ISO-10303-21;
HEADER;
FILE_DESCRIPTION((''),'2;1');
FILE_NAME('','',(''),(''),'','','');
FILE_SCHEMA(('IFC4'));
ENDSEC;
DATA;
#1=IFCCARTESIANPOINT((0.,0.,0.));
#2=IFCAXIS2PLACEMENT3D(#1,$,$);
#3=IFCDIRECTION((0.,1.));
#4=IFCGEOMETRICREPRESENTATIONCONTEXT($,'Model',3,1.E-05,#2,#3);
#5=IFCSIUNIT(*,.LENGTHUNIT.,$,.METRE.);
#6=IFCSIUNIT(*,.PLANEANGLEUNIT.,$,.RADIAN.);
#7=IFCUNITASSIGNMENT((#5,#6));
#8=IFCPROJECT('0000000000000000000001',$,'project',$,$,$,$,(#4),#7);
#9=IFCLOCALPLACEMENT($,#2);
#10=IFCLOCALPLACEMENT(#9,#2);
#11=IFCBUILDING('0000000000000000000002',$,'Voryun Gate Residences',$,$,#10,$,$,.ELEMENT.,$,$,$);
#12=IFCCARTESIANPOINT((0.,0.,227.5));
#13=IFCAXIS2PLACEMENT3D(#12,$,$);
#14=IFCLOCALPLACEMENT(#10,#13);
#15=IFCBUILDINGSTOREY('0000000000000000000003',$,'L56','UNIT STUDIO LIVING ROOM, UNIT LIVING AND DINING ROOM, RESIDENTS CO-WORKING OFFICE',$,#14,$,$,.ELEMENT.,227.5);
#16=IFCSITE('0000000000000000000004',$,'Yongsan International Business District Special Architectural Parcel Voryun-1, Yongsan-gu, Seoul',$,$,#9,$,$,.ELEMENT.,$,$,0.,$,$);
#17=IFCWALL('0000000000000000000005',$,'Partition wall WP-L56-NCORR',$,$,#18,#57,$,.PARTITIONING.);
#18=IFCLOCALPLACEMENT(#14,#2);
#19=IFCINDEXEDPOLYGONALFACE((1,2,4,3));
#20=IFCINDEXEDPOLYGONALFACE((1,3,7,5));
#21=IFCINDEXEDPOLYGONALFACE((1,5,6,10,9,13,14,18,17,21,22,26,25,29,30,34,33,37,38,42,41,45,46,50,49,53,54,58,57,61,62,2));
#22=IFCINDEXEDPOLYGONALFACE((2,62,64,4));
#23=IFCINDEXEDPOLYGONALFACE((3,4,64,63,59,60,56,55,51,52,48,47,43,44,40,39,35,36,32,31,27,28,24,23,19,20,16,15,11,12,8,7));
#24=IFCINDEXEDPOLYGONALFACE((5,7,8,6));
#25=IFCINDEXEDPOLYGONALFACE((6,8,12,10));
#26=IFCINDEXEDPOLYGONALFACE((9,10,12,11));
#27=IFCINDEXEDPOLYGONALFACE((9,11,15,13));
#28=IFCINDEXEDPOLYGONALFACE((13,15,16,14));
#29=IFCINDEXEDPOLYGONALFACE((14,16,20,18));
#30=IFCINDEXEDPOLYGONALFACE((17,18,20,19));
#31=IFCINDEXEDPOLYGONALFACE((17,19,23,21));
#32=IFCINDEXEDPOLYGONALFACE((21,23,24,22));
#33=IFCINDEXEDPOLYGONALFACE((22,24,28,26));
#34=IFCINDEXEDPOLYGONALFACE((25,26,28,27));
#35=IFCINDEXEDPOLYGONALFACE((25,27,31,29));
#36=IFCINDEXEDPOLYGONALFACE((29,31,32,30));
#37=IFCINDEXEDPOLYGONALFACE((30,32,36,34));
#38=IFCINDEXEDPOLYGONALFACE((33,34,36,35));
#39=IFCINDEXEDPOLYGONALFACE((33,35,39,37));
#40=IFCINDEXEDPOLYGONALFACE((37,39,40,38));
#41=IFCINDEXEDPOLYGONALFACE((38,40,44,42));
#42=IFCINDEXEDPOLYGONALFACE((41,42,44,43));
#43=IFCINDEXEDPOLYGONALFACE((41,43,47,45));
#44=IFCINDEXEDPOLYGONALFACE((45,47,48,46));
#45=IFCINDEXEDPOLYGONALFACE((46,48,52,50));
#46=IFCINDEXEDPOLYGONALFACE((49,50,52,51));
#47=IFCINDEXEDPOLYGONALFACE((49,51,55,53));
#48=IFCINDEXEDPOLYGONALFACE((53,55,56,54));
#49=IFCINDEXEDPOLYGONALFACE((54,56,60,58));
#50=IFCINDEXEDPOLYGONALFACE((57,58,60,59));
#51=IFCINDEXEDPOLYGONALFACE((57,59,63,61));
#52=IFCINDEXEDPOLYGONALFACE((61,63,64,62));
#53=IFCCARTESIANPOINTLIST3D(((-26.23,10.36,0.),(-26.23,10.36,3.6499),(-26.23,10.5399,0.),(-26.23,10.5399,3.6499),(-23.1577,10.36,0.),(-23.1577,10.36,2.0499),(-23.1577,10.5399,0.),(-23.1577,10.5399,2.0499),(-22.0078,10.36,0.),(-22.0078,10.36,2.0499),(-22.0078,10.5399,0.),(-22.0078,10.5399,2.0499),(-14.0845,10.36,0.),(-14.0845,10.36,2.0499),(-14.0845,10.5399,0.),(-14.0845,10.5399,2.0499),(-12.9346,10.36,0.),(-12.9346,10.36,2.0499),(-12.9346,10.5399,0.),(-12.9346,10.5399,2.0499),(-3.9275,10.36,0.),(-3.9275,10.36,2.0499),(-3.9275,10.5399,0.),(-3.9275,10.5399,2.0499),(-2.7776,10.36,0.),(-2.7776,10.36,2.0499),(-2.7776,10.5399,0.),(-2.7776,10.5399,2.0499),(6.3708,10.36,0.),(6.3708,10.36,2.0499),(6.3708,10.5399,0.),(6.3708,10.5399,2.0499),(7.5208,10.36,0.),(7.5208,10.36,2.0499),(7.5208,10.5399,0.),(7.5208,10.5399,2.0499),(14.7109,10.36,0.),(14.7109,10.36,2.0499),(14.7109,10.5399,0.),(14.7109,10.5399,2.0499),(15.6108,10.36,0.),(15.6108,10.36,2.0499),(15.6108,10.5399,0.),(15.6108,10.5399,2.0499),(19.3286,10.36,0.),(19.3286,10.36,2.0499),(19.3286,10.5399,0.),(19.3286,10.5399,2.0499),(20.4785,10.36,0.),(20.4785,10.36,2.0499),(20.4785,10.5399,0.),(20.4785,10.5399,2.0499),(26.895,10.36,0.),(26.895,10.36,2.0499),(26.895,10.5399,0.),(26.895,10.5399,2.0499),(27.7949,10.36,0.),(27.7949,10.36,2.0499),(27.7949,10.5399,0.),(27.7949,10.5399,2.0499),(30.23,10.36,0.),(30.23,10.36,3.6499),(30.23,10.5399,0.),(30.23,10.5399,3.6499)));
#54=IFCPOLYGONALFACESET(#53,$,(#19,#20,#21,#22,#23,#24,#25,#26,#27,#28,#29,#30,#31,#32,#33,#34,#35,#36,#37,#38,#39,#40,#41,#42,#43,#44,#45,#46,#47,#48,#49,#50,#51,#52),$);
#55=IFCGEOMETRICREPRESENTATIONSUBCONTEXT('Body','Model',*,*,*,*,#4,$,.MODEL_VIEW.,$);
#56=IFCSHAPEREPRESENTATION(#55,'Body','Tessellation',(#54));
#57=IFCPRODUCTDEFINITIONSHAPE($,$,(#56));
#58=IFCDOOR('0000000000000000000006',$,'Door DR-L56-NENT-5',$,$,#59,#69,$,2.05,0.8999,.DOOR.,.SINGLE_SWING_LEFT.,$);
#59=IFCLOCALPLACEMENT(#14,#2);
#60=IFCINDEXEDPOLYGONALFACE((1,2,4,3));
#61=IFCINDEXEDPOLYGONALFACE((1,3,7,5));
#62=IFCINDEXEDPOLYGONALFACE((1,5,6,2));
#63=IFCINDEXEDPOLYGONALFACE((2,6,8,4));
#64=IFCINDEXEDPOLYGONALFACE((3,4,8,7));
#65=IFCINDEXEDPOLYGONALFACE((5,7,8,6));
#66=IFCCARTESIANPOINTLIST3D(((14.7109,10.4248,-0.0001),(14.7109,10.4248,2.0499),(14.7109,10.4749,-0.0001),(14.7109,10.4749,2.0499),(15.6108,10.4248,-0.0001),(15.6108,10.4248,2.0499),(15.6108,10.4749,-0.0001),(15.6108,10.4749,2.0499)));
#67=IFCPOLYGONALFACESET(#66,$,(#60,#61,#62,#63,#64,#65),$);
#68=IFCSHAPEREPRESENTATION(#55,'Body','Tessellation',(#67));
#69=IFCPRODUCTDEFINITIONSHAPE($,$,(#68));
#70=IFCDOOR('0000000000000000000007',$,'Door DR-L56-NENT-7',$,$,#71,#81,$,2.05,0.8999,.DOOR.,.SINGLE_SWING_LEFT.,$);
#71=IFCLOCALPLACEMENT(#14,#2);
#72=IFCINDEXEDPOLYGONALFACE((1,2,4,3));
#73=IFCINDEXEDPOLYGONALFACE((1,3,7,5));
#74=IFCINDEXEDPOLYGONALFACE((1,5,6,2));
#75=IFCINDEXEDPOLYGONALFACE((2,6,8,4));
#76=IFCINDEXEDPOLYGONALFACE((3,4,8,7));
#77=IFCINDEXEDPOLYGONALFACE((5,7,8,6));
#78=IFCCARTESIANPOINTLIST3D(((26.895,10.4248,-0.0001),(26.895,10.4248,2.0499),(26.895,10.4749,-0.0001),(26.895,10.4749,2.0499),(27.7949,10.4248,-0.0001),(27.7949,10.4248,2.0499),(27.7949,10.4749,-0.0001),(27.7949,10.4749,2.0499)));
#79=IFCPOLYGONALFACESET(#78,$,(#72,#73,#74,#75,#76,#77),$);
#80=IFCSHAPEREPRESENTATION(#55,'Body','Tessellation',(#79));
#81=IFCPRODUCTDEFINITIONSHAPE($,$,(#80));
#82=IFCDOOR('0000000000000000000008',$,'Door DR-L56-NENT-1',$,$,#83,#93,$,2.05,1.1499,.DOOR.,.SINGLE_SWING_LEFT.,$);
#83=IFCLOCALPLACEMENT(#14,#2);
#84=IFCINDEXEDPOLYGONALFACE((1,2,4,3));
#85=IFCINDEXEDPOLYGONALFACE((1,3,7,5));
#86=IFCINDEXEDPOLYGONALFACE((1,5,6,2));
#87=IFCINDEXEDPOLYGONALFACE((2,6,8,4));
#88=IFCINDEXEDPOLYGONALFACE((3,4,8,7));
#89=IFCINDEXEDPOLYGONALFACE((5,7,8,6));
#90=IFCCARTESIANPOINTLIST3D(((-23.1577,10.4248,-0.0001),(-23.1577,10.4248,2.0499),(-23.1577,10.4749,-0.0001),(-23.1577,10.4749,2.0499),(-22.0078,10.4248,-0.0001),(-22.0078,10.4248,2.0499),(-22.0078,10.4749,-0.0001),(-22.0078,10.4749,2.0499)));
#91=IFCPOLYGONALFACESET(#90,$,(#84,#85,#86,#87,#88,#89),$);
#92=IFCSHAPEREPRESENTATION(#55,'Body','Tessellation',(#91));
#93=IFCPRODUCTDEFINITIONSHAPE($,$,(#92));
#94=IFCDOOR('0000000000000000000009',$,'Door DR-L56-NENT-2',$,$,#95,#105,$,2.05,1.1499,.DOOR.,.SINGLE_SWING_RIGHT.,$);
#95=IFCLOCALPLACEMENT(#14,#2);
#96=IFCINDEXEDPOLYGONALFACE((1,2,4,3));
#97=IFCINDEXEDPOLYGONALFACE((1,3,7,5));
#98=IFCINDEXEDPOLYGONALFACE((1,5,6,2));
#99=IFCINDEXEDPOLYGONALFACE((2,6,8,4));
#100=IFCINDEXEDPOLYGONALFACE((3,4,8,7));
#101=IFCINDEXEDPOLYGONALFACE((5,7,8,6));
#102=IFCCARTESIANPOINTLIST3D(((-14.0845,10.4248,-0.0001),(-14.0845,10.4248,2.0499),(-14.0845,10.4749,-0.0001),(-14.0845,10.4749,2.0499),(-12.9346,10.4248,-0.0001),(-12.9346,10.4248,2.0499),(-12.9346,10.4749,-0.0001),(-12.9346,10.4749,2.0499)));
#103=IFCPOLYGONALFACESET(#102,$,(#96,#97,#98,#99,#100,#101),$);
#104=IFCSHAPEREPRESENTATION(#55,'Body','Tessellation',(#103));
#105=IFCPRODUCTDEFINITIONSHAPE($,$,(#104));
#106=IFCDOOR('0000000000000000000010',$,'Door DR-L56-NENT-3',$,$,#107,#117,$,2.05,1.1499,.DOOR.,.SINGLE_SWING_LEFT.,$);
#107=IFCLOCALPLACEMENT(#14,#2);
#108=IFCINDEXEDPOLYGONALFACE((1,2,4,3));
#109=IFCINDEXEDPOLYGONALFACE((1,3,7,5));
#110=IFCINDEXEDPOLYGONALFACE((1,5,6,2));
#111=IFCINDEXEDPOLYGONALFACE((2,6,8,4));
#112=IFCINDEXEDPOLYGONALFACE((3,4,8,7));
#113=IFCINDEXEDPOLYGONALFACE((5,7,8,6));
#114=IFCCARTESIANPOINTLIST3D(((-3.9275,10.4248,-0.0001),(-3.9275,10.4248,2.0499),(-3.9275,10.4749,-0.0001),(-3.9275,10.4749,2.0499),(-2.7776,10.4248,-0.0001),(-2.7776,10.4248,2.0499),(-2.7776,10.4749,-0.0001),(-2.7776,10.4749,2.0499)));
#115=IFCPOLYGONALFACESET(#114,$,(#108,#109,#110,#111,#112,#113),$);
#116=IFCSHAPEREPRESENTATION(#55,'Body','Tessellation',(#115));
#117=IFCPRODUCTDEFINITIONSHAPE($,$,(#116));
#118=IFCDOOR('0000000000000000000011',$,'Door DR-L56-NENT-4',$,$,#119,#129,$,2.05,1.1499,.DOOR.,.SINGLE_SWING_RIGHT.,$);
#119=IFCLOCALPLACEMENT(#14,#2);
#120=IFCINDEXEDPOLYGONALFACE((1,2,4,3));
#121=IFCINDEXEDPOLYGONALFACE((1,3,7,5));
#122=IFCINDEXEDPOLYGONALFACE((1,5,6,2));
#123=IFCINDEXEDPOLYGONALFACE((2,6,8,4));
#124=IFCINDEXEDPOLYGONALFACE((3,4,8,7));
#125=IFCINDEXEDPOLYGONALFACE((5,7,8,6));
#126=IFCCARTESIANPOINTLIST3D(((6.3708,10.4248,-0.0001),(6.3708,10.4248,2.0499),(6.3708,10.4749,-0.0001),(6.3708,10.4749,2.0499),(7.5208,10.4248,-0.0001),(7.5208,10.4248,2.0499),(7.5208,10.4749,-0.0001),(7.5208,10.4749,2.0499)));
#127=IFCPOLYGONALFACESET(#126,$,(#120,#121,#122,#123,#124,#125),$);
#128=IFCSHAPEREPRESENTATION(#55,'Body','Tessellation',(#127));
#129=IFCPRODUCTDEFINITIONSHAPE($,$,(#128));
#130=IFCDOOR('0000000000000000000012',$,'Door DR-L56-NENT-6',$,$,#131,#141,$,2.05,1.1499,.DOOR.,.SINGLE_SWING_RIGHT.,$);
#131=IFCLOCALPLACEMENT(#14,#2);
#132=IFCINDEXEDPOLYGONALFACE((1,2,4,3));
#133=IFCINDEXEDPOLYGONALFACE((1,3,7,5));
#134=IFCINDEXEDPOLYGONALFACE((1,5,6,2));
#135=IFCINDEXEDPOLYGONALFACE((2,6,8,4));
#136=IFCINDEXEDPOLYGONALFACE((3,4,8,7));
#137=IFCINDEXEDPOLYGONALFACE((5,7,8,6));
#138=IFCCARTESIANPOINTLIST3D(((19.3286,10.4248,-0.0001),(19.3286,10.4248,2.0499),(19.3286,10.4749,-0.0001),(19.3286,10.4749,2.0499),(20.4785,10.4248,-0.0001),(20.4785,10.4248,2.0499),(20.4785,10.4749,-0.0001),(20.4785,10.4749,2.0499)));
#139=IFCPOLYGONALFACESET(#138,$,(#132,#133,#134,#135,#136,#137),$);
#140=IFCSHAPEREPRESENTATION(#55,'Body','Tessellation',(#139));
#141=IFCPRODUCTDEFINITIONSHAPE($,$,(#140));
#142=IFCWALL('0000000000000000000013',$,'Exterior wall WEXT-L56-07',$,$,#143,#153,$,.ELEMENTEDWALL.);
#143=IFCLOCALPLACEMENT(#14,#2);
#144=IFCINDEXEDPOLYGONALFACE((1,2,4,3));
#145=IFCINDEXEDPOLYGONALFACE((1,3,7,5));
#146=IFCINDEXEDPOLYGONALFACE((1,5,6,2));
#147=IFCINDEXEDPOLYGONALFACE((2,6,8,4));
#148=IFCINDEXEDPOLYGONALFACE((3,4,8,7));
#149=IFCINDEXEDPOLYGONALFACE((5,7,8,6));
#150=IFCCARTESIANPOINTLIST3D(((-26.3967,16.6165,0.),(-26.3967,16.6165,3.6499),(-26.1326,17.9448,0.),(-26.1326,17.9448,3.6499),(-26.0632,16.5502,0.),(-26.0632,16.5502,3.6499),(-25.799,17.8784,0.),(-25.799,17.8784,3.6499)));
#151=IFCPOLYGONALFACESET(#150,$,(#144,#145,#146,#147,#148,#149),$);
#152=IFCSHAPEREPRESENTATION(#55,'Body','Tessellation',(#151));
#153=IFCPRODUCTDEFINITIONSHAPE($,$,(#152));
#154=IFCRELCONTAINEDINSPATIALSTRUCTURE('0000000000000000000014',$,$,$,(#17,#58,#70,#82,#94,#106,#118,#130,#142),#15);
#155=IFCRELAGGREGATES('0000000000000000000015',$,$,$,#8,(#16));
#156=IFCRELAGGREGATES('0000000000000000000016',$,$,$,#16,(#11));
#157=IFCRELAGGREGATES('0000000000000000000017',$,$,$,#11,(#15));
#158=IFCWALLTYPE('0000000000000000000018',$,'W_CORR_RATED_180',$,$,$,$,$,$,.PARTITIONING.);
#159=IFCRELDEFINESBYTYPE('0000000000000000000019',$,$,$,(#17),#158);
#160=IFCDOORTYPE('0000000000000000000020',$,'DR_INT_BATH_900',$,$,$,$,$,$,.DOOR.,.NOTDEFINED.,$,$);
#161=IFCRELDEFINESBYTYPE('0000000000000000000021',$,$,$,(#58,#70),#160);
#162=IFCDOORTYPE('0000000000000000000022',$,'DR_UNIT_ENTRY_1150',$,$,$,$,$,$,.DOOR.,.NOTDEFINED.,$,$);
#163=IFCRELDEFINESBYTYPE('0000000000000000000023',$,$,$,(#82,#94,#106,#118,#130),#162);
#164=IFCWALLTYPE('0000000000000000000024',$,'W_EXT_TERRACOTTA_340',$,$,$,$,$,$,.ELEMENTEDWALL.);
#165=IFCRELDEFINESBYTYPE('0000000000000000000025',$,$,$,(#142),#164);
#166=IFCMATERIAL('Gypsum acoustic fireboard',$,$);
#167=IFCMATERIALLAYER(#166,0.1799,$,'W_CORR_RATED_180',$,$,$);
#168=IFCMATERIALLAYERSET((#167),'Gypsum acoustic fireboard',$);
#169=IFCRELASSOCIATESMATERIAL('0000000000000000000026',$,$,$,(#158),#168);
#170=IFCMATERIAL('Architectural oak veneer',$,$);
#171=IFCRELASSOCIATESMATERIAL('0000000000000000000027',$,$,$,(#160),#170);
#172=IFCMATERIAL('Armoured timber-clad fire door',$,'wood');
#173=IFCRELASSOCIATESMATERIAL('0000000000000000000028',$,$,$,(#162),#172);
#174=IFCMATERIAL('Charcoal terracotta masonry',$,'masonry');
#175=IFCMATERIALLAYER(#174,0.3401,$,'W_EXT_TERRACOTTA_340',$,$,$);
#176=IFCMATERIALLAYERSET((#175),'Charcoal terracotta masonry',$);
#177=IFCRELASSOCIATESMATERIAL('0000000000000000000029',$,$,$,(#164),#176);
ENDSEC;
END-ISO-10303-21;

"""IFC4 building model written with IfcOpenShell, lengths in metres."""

from ifc_helpers import new_model, si_unit, direction, frame, frame_2d, origin, place, context, subcontext, project, spatial, rectangle, extrude, material, layer, layer_set, type_object, element, fill, save


model = new_model("IFC4")

# Units and contexts
model_context = context("Model", 3, precision=1e-05, world=origin(), true_north=direction((0.0, 1.0)))
body_context = subcontext(model_context, "Body", "Model", "MODEL_VIEW")
ifc_project = project(units=[si_unit("LENGTHUNIT", "METRE"), si_unit("PLANEANGLEUNIT", "RADIAN")], contexts=[model_context])

# Site, building, storey
site_placement = place(None, origin())
site = spatial("IfcSite", under=ifc_project, at=site_placement, Name="Yongsan International Business District Special Architectural Parcel Voryun-1, Yongsan-gu, Seoul", CompositionType="ELEMENT", RefElevation=0.0)
building_placement = place(site_placement, origin())
building = spatial("IfcBuilding", under=site, at=building_placement, Name="Voryun Gate Residences", CompositionType="ELEMENT")
storey_placement = place(building_placement, frame((0.0, 0.0, 227.5)))
storey = spatial("IfcBuildingStorey", under=building, at=storey_placement, Name="L56", Description="UNIT STUDIO LIVING ROOM, UNIT LIVING AND DINING ROOM, RESIDENTS CO-WORKING OFFICE", CompositionType="ELEMENT", Elevation=227.5)

# Wall, openings, doors
ifc_material_1 = material(Name="Gypsum acoustic fireboard")
ifc_layer_1 = layer(ifc_material_1, 0.1799, Name="W_CORR_RATED_180")
ifc_layer_set_1 = layer_set([ifc_layer_1], Name="Gypsum acoustic fireboard")
wall_type_1 = type_object("IfcWallType", Name="W_CORR_RATED_180", PredefinedType="PARTITIONING", material=ifc_layer_set_1)
wall_1_placement = place(storey_placement, frame((-26.23, 10.45, 0.0), z_axis=(0.0, 0.0, 1.0), x_axis=(1.0, 0.0, 0.0)))
wall_1 = element("IfcWall", 1, at=wall_1_placement, inside=storey, type_object=wall_type_1, Name="Partition wall WP-L56-NCORR", PredefinedType="PARTITIONING", context=body_context, shape_type="SweptSolid", body=[
    extrude(rectangle(XDim=56.46, YDim=0.1799, at=frame_2d((28.23, 0.0))), origin(), (0.0, 0.0, 1.0), 3.6499),
])
opening_1_placement = place(wall_1_placement, frame((3.0723, 0.0, 0.0)))
opening_1 = element("IfcOpeningElement", 2, at=opening_1_placement, cuts=wall_1, PredefinedType="OPENING", context=body_context, shape_type="SweptSolid", body=[
    extrude(rectangle(XDim=1.1499, YDim=2.05, at=frame_2d((0.575, 1.0249))), frame((0.0, 0.0999, 0.0), z_axis=(0.0, -1.0, 0.0), x_axis=(1.0, 0.0, 0.0)), (0.0, 0.0, 1.0), 0.2),
])
opening_2_placement = place(wall_1_placement, frame((12.1455, 0.0, 0.0)))
opening_2 = element("IfcOpeningElement", 3, at=opening_2_placement, cuts=wall_1, PredefinedType="OPENING", context=body_context, shape_type="SweptSolid", body=[
    extrude(rectangle(XDim=1.1499, YDim=2.05, at=frame_2d((0.575, 1.0249))), frame((0.0, 0.0999, 0.0), z_axis=(0.0, -1.0, 0.0), x_axis=(1.0, 0.0, 0.0)), (0.0, 0.0, 1.0), 0.2),
])
opening_3_placement = place(wall_1_placement, frame((22.3025, 0.0, 0.0)))
opening_3 = element("IfcOpeningElement", 4, at=opening_3_placement, cuts=wall_1, PredefinedType="OPENING", context=body_context, shape_type="SweptSolid", body=[
    extrude(rectangle(XDim=1.1499, YDim=2.05, at=frame_2d((0.575, 1.0249))), frame((0.0, 0.0999, 0.0), z_axis=(0.0, -1.0, 0.0), x_axis=(1.0, 0.0, 0.0)), (0.0, 0.0, 1.0), 0.2),
])
opening_4_placement = place(wall_1_placement, frame((32.6008, 0.0, 0.0)))
opening_4 = element("IfcOpeningElement", 5, at=opening_4_placement, cuts=wall_1, PredefinedType="OPENING", context=body_context, shape_type="SweptSolid", body=[
    extrude(rectangle(XDim=1.1499, YDim=2.05, at=frame_2d((0.575, 1.0249))), frame((0.0, 0.0999, 0.0), z_axis=(0.0, -1.0, 0.0), x_axis=(1.0, 0.0, 0.0)), (0.0, 0.0, 1.0), 0.2),
])
opening_5_placement = place(wall_1_placement, frame((40.9409, 0.0, 0.0)))
opening_5 = element("IfcOpeningElement", 6, at=opening_5_placement, cuts=wall_1, PredefinedType="OPENING", context=body_context, shape_type="SweptSolid", body=[
    extrude(rectangle(XDim=0.8999, YDim=2.05, at=frame_2d((0.45, 1.0249))), frame((0.0, 0.0999, 0.0), z_axis=(0.0, -1.0, 0.0), x_axis=(1.0, 0.0, 0.0)), (0.0, 0.0, 1.0), 0.2),
])
opening_6_placement = place(wall_1_placement, frame((45.5586, 0.0, 0.0)))
opening_6 = element("IfcOpeningElement", 7, at=opening_6_placement, cuts=wall_1, PredefinedType="OPENING", context=body_context, shape_type="SweptSolid", body=[
    extrude(rectangle(XDim=1.1499, YDim=2.05, at=frame_2d((0.575, 1.0249))), frame((0.0, 0.0999, 0.0), z_axis=(0.0, -1.0, 0.0), x_axis=(1.0, 0.0, 0.0)), (0.0, 0.0, 1.0), 0.2),
])
opening_7_placement = place(wall_1_placement, frame((53.125, 0.0, 0.0)))
opening_7 = element("IfcOpeningElement", 8, at=opening_7_placement, cuts=wall_1, PredefinedType="OPENING", context=body_context, shape_type="SweptSolid", body=[
    extrude(rectangle(XDim=0.8999, YDim=2.05, at=frame_2d((0.45, 1.0249))), frame((0.0, 0.0999, 0.0), z_axis=(0.0, -1.0, 0.0), x_axis=(1.0, 0.0, 0.0)), (0.0, 0.0, 1.0), 0.2),
])
ifc_material_2 = material(Name="Architectural oak veneer")
door_type_1 = type_object("IfcDoorType", Name="DR_INT_BATH_900", OperationType="NOTDEFINED", PredefinedType="DOOR", material=ifc_material_2)
door_1_placement = place(opening_5_placement, origin())
door_1 = element("IfcDoor", 9, at=door_1_placement, inside=storey, type_object=door_type_1, Name="Door DR-L56-NENT-5", OperationType="SINGLE_SWING_LEFT", OverallHeight=2.05, OverallWidth=0.8999, PredefinedType="DOOR", context=body_context, shape_type="SweptSolid", body=[
    extrude(rectangle(XDim=0.8999, YDim=2.05, at=frame_2d((0.45, 1.0249))), frame((0.0, 0.0249, 0.0), z_axis=(0.0, -1.0, 0.0), x_axis=(1.0, 0.0, 0.0)), (0.0, 0.0, 1.0), 0.05),
])
fill(opening_5, door_1)
door_2_placement = place(opening_7_placement, origin())
door_2 = element("IfcDoor", 10, at=door_2_placement, inside=storey, type_object=door_type_1, Name="Door DR-L56-NENT-7", OperationType="SINGLE_SWING_LEFT", OverallHeight=2.05, OverallWidth=0.8999, PredefinedType="DOOR", context=body_context, shape_type="SweptSolid", body=[
    extrude(rectangle(XDim=0.8999, YDim=2.05, at=frame_2d((0.45, 1.0249))), frame((0.0, 0.0249, 0.0), z_axis=(0.0, -1.0, 0.0), x_axis=(1.0, 0.0, 0.0)), (0.0, 0.0, 1.0), 0.05),
])
fill(opening_7, door_2)
ifc_material_3 = material(Name="Armoured timber-clad fire door", Category="wood")
door_type_2 = type_object("IfcDoorType", Name="DR_UNIT_ENTRY_1150", OperationType="NOTDEFINED", PredefinedType="DOOR", material=ifc_material_3)
door_3_placement = place(opening_1_placement, origin())
door_3 = element("IfcDoor", 11, at=door_3_placement, inside=storey, type_object=door_type_2, Name="Door DR-L56-NENT-1", OperationType="SINGLE_SWING_LEFT", OverallHeight=2.05, OverallWidth=1.1499, PredefinedType="DOOR", context=body_context, shape_type="SweptSolid", body=[
    extrude(rectangle(XDim=1.1499, YDim=2.05, at=frame_2d((0.575, 1.0249))), frame((0.0, 0.0249, 0.0), z_axis=(0.0, -1.0, 0.0), x_axis=(1.0, 0.0, 0.0)), (0.0, 0.0, 1.0), 0.05),
])
fill(opening_1, door_3)
door_4_placement = place(opening_2_placement, origin())
door_4 = element("IfcDoor", 12, at=door_4_placement, inside=storey, type_object=door_type_2, Name="Door DR-L56-NENT-2", OperationType="SINGLE_SWING_RIGHT", OverallHeight=2.05, OverallWidth=1.1499, PredefinedType="DOOR", context=body_context, shape_type="SweptSolid", body=[
    extrude(rectangle(XDim=1.1499, YDim=2.05, at=frame_2d((0.575, 1.0249))), frame((0.0, 0.0249, 0.0), z_axis=(0.0, -1.0, 0.0), x_axis=(1.0, 0.0, 0.0)), (0.0, 0.0, 1.0), 0.05),
])
fill(opening_2, door_4)
door_5_placement = place(opening_3_placement, origin())
door_5 = element("IfcDoor", 13, at=door_5_placement, inside=storey, type_object=door_type_2, Name="Door DR-L56-NENT-3", OperationType="SINGLE_SWING_LEFT", OverallHeight=2.05, OverallWidth=1.1499, PredefinedType="DOOR", context=body_context, shape_type="SweptSolid", body=[
    extrude(rectangle(XDim=1.1499, YDim=2.05, at=frame_2d((0.575, 1.0249))), frame((0.0, 0.0249, 0.0), z_axis=(0.0, -1.0, 0.0), x_axis=(1.0, 0.0, 0.0)), (0.0, 0.0, 1.0), 0.05),
])
fill(opening_3, door_5)
door_6_placement = place(opening_4_placement, origin())
door_6 = element("IfcDoor", 14, at=door_6_placement, inside=storey, type_object=door_type_2, Name="Door DR-L56-NENT-4", OperationType="SINGLE_SWING_RIGHT", OverallHeight=2.05, OverallWidth=1.1499, PredefinedType="DOOR", context=body_context, shape_type="SweptSolid", body=[
    extrude(rectangle(XDim=1.1499, YDim=2.05, at=frame_2d((0.575, 1.0249))), frame((0.0, 0.0249, 0.0), z_axis=(0.0, -1.0, 0.0), x_axis=(1.0, 0.0, 0.0)), (0.0, 0.0, 1.0), 0.05),
])
fill(opening_4, door_6)
door_7_placement = place(opening_6_placement, origin())
door_7 = element("IfcDoor", 15, at=door_7_placement, inside=storey, type_object=door_type_2, Name="Door DR-L56-NENT-6", OperationType="SINGLE_SWING_RIGHT", OverallHeight=2.05, OverallWidth=1.1499, PredefinedType="DOOR", context=body_context, shape_type="SweptSolid", body=[
    extrude(rectangle(XDim=1.1499, YDim=2.05, at=frame_2d((0.575, 1.0249))), frame((0.0, 0.0249, 0.0), z_axis=(0.0, -1.0, 0.0), x_axis=(1.0, 0.0, 0.0)), (0.0, 0.0, 1.0), 0.05),
])
fill(opening_6, door_7)

# Wall
ifc_material_4 = material(Name="Charcoal terracotta masonry", Category="masonry")
ifc_layer_2 = layer(ifc_material_4, 0.3401, Name="W_EXT_TERRACOTTA_340")
ifc_layer_set_2 = layer_set([ifc_layer_2], Name="Charcoal terracotta masonry")
wall_type_2 = type_object("IfcWallType", Name="W_EXT_TERRACOTTA_340", PredefinedType="ELEMENTEDWALL", material=ifc_layer_set_2)
wall_2_placement = place(storey_placement, frame((-26.23, 16.5833, 0.0), z_axis=(0.0, 0.0, 1.0), x_axis=(0.195076, 0.980788, 0.0)))
element("IfcWall", 16, at=wall_2_placement, inside=storey, type_object=wall_type_2, Name="Exterior wall WEXT-L56-07", PredefinedType="ELEMENTEDWALL", context=body_context, shape_type="SweptSolid", body=[
    extrude(rectangle(XDim=1.3542, YDim=0.3401, at=frame_2d((0.6772, 0.0))), origin(), (0.0, 0.0, 1.0), 3.6499),
])

save(model, "model.ifc")
